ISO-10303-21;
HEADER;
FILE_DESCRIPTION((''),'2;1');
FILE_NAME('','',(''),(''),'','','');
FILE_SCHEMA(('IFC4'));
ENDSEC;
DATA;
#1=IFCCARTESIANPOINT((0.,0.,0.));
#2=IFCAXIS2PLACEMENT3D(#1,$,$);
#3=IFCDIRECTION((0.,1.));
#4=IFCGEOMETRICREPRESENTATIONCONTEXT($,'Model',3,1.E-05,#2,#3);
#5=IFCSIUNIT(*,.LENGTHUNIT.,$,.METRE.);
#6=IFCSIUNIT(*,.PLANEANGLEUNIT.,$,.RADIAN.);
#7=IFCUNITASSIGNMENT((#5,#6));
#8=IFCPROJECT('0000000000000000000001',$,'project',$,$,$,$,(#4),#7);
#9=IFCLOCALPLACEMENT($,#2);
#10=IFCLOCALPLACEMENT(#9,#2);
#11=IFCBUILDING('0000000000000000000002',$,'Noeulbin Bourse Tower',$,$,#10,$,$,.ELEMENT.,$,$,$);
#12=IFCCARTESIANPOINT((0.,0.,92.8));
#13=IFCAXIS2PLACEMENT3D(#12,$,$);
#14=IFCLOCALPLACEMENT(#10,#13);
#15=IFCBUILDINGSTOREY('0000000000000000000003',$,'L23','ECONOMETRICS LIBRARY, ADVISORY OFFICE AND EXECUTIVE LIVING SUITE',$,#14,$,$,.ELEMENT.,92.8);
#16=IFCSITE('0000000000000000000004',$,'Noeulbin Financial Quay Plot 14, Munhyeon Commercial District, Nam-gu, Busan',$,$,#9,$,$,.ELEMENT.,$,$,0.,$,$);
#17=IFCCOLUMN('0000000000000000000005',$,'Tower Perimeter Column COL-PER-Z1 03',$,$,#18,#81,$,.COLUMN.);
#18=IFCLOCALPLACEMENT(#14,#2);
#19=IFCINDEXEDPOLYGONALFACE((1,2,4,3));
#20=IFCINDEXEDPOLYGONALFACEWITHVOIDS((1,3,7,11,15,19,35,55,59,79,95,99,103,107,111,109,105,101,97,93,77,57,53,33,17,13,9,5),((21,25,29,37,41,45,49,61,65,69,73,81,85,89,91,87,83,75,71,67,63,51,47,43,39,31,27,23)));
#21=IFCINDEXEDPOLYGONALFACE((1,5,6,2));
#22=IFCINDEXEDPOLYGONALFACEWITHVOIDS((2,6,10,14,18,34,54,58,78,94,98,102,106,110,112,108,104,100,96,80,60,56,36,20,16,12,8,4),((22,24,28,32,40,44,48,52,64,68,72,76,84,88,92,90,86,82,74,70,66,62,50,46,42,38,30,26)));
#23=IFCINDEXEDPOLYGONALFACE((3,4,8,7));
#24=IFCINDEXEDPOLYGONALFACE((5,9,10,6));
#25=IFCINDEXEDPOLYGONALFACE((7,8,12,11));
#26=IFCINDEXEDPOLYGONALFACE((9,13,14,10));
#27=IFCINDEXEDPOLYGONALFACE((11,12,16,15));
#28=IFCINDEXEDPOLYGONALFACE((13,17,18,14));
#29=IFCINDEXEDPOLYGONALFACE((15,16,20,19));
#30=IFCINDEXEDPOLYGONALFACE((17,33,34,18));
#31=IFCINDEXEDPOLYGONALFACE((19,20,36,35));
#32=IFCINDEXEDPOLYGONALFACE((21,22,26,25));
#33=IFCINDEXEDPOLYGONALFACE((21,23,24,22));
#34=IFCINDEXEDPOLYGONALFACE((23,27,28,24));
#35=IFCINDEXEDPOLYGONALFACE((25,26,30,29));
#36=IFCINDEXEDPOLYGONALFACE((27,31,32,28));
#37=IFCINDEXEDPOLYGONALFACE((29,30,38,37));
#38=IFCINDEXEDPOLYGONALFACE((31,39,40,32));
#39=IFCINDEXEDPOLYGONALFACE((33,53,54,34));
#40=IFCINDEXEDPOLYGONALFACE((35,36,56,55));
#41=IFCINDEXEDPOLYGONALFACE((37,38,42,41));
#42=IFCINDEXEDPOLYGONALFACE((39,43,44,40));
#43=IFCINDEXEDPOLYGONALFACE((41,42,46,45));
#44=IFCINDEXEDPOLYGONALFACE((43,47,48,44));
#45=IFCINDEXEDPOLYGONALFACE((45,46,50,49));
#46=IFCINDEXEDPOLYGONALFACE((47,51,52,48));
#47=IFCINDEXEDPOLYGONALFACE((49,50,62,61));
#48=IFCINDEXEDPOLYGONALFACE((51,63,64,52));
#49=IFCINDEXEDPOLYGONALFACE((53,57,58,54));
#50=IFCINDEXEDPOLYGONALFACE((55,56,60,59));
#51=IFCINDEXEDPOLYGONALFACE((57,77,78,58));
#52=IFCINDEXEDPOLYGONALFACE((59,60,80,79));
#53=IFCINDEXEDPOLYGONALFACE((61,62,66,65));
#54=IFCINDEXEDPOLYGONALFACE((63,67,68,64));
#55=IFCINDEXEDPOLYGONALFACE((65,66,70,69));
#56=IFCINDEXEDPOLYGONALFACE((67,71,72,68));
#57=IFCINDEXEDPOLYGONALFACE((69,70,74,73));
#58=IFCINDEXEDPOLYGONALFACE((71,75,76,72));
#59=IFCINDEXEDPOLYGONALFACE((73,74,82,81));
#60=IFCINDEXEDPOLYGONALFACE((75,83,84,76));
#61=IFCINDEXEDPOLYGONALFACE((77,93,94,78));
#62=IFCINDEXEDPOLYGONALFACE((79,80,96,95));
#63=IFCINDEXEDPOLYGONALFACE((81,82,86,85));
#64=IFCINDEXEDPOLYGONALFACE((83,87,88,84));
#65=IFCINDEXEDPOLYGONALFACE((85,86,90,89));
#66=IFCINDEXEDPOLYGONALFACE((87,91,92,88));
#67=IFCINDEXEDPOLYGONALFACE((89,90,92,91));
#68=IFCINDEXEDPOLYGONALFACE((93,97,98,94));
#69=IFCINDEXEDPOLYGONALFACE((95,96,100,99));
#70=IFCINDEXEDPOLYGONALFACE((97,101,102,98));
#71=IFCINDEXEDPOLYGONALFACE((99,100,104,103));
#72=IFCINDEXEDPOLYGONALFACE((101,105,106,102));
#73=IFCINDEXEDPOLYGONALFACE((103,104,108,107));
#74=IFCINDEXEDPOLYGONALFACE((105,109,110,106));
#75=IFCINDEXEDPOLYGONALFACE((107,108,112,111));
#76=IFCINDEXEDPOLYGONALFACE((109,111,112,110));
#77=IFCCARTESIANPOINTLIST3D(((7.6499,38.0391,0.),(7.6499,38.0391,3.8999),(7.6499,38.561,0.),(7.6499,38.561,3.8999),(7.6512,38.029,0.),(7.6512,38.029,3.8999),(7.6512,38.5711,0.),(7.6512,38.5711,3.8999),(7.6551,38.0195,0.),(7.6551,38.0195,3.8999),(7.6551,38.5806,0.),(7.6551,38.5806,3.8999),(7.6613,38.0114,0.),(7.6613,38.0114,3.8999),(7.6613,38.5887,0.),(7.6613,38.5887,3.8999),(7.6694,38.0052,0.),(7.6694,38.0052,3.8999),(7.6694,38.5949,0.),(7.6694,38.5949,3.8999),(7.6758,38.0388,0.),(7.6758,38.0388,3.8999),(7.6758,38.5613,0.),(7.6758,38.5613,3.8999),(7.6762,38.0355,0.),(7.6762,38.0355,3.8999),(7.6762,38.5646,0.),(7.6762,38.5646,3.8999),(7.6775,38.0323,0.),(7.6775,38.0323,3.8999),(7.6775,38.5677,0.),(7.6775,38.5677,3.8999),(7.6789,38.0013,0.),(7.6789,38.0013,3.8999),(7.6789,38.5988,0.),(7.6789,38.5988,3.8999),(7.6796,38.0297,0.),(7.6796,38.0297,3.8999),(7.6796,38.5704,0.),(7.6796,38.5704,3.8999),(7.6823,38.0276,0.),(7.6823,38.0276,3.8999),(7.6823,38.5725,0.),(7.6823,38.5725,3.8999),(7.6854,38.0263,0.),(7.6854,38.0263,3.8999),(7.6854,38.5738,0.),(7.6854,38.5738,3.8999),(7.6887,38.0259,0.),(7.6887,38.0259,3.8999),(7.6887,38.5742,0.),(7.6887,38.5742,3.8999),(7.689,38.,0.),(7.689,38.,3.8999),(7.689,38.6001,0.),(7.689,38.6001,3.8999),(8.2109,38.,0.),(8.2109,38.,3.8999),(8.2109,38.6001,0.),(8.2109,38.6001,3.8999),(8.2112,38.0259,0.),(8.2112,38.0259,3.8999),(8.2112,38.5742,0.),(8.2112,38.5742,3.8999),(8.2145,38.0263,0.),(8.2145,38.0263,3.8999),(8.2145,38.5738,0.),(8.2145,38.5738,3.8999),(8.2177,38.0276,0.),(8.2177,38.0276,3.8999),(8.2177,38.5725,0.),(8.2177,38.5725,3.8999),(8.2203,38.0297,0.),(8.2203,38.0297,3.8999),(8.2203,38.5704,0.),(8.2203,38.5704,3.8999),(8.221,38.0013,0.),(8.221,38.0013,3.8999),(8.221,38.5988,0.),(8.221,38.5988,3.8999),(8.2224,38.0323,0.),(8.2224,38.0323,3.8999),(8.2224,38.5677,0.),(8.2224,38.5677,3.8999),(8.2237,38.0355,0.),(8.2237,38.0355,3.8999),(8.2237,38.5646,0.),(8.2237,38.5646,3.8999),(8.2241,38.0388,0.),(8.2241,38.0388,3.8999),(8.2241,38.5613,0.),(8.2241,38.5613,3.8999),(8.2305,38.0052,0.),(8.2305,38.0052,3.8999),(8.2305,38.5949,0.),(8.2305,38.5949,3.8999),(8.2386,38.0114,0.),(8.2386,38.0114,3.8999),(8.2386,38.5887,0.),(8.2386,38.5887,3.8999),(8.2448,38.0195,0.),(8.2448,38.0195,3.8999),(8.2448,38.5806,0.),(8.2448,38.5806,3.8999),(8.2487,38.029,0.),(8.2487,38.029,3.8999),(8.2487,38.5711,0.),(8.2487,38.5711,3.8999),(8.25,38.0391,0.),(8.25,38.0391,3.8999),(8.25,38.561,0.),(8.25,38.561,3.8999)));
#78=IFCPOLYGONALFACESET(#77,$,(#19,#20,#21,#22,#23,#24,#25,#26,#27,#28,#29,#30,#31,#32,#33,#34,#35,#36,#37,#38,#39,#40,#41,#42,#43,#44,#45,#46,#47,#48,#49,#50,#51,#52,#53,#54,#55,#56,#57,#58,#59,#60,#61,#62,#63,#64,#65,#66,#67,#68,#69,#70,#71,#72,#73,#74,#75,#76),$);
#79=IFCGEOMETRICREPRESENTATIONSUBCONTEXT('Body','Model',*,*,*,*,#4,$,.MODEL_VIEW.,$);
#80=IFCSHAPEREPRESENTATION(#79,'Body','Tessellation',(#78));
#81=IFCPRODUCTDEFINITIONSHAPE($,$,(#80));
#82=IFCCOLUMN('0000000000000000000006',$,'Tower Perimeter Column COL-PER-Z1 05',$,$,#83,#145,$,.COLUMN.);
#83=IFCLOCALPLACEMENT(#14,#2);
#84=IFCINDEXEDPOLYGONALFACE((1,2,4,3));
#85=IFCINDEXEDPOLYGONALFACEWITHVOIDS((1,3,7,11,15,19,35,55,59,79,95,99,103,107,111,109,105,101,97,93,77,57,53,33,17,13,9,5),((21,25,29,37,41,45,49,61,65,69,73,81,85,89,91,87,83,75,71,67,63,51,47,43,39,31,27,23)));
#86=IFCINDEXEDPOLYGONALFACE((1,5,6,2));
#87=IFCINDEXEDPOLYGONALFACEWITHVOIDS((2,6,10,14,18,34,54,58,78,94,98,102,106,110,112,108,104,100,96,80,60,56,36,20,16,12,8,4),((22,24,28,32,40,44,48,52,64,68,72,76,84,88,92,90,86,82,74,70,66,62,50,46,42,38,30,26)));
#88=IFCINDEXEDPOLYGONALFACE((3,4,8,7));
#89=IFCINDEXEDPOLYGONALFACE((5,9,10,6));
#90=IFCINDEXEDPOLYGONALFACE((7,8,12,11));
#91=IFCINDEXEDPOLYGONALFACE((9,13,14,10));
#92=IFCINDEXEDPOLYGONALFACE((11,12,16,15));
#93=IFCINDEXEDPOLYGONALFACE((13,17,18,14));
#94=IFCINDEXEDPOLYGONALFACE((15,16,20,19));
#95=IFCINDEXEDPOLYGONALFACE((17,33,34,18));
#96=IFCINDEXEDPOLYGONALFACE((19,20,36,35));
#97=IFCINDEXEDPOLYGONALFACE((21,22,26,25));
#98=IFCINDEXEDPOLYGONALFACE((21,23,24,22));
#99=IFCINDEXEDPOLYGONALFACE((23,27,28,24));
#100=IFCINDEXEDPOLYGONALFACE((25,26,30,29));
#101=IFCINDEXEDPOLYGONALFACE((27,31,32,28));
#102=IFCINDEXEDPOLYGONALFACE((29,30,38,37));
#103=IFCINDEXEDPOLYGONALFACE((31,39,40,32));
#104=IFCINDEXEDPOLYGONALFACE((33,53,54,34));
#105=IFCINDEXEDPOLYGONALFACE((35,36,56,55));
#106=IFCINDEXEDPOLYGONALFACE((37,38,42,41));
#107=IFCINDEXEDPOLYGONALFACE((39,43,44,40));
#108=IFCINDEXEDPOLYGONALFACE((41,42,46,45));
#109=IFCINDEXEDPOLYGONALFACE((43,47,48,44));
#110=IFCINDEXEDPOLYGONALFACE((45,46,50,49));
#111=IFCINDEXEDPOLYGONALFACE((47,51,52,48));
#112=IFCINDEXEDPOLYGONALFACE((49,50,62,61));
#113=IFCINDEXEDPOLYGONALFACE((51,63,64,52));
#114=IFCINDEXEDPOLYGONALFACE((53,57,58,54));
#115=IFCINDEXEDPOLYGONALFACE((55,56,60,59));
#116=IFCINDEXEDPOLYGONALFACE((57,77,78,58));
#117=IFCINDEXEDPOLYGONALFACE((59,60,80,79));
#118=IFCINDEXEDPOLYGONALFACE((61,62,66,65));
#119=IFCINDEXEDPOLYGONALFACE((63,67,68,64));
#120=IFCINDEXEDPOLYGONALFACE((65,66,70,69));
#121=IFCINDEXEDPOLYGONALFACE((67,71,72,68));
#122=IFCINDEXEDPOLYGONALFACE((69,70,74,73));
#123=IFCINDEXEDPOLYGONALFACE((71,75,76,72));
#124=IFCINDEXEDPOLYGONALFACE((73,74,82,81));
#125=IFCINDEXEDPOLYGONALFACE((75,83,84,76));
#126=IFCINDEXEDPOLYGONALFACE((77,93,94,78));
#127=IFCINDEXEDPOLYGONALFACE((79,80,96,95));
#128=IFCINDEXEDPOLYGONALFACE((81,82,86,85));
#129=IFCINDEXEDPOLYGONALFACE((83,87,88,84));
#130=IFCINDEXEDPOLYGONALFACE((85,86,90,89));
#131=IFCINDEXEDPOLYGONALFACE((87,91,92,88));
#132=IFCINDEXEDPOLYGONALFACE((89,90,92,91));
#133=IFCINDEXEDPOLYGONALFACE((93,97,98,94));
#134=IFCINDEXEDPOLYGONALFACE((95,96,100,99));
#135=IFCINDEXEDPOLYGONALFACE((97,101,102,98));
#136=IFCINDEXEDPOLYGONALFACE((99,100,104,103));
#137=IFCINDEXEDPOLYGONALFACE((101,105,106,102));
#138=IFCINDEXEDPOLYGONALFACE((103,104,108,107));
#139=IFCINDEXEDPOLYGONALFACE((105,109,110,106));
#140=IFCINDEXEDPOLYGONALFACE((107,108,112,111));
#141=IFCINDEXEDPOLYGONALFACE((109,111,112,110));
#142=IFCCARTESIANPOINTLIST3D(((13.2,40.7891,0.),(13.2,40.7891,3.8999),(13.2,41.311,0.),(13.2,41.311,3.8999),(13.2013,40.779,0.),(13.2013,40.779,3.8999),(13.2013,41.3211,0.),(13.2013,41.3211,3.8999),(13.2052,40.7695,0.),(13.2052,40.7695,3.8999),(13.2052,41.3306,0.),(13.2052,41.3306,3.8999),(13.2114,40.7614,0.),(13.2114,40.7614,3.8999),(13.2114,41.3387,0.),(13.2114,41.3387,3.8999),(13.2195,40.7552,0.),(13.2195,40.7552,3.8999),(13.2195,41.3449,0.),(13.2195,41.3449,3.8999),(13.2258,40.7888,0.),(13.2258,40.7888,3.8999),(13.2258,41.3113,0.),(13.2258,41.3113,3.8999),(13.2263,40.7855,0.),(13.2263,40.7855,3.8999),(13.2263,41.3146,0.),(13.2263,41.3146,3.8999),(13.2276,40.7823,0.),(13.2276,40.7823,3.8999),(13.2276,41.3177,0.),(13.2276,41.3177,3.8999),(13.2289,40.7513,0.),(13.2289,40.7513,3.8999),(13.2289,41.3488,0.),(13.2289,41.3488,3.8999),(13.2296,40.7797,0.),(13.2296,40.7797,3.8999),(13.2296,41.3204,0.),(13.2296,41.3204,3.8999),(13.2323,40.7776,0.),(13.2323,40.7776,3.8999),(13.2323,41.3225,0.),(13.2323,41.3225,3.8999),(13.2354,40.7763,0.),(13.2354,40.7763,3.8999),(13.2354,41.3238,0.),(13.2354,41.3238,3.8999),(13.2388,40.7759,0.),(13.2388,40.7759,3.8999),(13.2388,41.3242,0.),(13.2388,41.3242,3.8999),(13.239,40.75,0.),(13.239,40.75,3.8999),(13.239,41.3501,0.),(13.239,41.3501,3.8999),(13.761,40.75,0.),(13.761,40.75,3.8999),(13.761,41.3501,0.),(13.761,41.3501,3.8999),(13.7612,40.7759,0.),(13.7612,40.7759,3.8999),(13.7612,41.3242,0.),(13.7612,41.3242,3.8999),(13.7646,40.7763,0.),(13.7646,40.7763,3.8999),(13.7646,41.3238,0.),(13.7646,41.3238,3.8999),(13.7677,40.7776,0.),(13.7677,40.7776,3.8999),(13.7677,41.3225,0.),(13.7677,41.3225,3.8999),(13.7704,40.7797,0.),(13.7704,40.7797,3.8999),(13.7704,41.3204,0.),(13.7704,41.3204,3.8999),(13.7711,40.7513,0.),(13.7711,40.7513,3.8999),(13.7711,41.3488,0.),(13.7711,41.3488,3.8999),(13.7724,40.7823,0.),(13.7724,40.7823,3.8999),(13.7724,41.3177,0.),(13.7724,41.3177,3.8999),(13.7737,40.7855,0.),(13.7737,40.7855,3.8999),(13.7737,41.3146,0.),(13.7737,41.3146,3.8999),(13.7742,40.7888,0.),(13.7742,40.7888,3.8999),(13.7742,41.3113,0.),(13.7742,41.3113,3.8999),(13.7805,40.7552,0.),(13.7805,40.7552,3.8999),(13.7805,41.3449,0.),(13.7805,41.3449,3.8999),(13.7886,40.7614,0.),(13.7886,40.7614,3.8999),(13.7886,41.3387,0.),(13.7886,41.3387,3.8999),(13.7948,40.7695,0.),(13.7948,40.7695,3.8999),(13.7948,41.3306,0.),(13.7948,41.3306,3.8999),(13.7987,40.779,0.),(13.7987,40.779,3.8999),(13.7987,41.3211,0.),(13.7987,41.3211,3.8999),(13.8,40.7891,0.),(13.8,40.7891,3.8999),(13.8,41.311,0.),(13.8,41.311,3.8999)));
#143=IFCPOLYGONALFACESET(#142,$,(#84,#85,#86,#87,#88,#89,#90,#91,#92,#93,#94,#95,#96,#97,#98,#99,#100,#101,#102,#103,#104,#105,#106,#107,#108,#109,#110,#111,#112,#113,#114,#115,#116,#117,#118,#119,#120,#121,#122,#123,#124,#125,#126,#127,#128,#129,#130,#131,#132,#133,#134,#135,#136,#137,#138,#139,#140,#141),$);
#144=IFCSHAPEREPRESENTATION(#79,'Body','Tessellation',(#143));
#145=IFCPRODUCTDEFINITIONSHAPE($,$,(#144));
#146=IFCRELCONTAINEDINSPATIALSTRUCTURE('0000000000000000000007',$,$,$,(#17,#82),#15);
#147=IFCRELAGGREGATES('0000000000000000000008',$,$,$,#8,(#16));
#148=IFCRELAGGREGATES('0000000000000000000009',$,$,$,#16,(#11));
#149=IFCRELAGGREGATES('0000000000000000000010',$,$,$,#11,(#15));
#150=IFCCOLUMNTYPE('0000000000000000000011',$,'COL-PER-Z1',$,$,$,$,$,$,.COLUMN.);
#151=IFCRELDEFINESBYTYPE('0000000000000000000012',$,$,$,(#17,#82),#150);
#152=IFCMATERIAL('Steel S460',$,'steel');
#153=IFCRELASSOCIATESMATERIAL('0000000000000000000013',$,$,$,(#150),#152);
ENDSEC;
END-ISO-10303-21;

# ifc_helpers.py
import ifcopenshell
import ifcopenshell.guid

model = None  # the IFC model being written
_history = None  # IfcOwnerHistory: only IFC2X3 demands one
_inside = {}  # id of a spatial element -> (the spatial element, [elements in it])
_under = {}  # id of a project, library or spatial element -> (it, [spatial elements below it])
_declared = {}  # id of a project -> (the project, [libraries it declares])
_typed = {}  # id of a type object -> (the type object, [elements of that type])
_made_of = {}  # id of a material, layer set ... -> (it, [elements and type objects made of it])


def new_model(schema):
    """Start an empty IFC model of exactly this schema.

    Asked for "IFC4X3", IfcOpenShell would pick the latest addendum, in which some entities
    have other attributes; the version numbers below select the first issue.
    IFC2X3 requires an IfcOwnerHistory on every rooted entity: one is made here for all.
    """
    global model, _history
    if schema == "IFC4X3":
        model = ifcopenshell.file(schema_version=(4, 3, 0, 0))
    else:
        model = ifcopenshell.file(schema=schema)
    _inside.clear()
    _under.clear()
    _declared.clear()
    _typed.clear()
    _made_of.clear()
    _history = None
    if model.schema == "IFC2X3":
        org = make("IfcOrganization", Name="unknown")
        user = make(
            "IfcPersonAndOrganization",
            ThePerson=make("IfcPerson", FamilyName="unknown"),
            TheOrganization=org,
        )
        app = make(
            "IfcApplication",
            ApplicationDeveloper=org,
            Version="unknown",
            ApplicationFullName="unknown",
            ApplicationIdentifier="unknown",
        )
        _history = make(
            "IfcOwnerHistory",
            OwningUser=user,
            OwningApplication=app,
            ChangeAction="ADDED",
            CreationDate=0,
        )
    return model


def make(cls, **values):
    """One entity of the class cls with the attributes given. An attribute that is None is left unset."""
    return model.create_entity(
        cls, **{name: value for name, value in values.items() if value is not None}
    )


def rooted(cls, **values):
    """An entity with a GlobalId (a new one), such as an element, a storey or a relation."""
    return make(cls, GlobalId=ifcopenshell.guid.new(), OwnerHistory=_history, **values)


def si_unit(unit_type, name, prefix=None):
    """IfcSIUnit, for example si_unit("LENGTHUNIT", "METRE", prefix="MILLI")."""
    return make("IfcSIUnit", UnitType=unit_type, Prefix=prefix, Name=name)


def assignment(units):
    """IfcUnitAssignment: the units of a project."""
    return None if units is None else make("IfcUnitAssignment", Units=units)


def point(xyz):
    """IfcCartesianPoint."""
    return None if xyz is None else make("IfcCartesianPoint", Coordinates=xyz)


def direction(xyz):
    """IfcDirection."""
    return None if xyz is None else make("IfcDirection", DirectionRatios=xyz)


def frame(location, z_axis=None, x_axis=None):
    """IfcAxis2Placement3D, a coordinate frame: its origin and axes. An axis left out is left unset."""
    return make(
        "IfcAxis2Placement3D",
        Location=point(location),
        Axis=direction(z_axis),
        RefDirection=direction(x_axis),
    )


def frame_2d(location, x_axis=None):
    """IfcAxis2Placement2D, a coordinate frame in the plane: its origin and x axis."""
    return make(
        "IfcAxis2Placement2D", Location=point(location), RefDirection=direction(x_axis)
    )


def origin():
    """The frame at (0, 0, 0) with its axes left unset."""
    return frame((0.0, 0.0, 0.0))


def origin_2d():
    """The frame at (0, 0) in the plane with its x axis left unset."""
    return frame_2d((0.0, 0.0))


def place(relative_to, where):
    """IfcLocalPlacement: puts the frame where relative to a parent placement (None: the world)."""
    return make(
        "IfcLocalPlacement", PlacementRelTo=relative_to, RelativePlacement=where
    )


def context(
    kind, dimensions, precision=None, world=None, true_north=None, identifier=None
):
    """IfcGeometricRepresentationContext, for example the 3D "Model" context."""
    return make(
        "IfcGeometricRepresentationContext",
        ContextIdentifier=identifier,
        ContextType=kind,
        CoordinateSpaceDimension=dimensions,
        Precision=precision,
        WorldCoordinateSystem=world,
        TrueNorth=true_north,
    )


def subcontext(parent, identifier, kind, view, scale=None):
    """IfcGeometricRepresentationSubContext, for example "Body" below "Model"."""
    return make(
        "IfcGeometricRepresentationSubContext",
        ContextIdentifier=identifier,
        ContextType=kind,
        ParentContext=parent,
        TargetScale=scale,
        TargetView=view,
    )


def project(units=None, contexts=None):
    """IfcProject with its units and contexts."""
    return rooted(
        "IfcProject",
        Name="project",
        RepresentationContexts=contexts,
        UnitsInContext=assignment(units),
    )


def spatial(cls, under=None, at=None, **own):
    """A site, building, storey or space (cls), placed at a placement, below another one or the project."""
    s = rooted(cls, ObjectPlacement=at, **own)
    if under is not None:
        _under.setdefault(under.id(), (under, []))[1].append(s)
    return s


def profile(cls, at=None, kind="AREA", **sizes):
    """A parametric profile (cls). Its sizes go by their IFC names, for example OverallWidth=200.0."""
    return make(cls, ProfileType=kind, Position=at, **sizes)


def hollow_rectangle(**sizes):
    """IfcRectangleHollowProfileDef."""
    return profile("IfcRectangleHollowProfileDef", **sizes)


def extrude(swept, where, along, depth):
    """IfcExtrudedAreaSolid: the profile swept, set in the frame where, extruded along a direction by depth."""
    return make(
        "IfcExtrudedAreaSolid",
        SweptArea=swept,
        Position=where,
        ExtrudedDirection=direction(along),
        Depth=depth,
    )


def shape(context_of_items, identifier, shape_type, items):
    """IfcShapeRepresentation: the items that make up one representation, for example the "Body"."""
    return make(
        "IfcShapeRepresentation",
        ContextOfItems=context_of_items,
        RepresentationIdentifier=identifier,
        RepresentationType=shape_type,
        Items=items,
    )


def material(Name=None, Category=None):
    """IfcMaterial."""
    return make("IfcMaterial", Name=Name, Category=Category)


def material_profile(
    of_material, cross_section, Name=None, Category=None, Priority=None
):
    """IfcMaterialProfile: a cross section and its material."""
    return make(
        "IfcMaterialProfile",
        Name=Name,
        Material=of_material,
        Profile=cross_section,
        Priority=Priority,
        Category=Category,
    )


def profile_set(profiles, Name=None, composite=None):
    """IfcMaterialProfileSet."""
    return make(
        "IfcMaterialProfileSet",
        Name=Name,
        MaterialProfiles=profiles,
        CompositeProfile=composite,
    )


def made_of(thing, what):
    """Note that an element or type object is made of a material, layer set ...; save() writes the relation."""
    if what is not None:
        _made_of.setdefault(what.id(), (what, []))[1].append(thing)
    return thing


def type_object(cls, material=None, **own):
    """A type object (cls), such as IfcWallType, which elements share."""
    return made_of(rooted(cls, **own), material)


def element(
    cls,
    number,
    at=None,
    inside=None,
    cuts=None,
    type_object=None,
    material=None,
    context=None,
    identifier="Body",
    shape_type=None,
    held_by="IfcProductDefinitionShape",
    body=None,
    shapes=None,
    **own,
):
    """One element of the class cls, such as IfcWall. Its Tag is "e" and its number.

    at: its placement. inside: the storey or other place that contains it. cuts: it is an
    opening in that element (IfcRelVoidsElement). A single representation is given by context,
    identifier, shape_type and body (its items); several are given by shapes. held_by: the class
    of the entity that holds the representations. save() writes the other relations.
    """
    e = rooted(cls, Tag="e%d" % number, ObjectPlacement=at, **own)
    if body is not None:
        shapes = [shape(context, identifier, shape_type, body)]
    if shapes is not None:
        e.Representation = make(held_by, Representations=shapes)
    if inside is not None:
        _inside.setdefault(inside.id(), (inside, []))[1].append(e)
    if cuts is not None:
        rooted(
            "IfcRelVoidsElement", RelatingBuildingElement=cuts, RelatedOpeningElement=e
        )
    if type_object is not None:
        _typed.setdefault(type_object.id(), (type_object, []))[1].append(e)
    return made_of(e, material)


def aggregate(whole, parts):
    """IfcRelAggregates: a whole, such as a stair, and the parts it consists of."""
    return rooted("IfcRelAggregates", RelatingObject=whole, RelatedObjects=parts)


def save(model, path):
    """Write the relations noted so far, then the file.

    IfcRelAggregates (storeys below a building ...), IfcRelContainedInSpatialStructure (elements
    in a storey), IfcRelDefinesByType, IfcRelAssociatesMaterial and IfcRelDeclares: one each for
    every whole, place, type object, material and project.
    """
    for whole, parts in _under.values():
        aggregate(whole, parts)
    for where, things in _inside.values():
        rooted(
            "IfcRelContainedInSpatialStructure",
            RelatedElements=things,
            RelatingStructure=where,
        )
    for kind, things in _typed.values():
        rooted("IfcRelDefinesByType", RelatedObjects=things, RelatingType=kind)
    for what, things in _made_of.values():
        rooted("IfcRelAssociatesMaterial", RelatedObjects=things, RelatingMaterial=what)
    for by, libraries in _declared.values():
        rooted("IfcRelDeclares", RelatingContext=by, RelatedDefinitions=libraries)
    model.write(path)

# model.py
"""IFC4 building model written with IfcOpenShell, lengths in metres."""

from ifc_helpers import new_model, si_unit, direction, frame, origin, origin_2d, place, context, subcontext, project, spatial, hollow_rectangle, extrude, material, material_profile, profile_set, type_object, element, save


model = new_model("IFC4")

# Units and contexts
model_context = context("Model", 3, precision=1e-05, world=origin(), true_north=direction((0.0, 1.0)))
body_context = subcontext(model_context, "Body", "Model", "MODEL_VIEW")
ifc_project = project(units=[si_unit("LENGTHUNIT", "METRE"), si_unit("PLANEANGLEUNIT", "RADIAN")], contexts=[model_context])

# Site, building, storey
site_placement = place(None, origin())
site = spatial("IfcSite", under=ifc_project, at=site_placement, Name="Noeulbin Financial Quay Plot 14, Munhyeon Commercial District, Nam-gu, Busan", CompositionType="ELEMENT", RefElevation=0.0)
building_placement = place(site_placement, origin())
building = spatial("IfcBuilding", under=site, at=building_placement, Name="Noeulbin Bourse Tower", CompositionType="ELEMENT")
storey_placement = place(building_placement, frame((0.0, 0.0, 92.8)))
storey = spatial("IfcBuildingStorey", under=building, at=storey_placement, Name="L23", Description="ECONOMETRICS LIBRARY, ADVISORY OFFICE AND EXECUTIVE LIVING SUITE", CompositionType="ELEMENT", Elevation=92.8)

# Columns
ifc_material_1 = material(Name="Steel S460", Category="steel")
ifc_material_profile_1 = material_profile(ifc_material_1, hollow_rectangle(XDim=0.6001, YDim=0.6001, WallThickness=0.0259, InnerFilletRadius=0.0129, OuterFilletRadius=0.0391, at=origin_2d()), Name="BOX-600x600x26", Category="LoadBearing")
ifc_profile_set_1 = profile_set([ifc_material_profile_1], Name="Steel S460")
column_type_1 = type_object("IfcColumnType", Name="COL-PER-Z1", PredefinedType="COLUMN", material=ifc_profile_set_1)
for number, where, z_axis, x_axis, name in (
    (1, (7.95, 38.3, 0.0), (0.0, 0.0, 1.0), (1.0, 0.0, 0.0), "Tower Perimeter Column COL-PER-Z1 03"),
    (2, (13.5, 41.05, 0.0), (0.0, 0.0, 1.0), (1.0, 0.0, 0.0), "Tower Perimeter Column COL-PER-Z1 05"),
):
    element("IfcColumn", number, at=place(storey_placement, frame(where, z_axis=z_axis, x_axis=x_axis)), inside=storey, type_object=column_type_1, Name=name, PredefinedType="COLUMN", context=body_context, shape_type="SweptSolid", body=[
        extrude(hollow_rectangle(XDim=0.6001, YDim=0.6001, WallThickness=0.0259, InnerFilletRadius=0.0129, OuterFilletRadius=0.0391, at=origin_2d()), origin(), (0.0, 0.0, 1.0), 3.8999),
    ])

save(model, "model.ifc")
